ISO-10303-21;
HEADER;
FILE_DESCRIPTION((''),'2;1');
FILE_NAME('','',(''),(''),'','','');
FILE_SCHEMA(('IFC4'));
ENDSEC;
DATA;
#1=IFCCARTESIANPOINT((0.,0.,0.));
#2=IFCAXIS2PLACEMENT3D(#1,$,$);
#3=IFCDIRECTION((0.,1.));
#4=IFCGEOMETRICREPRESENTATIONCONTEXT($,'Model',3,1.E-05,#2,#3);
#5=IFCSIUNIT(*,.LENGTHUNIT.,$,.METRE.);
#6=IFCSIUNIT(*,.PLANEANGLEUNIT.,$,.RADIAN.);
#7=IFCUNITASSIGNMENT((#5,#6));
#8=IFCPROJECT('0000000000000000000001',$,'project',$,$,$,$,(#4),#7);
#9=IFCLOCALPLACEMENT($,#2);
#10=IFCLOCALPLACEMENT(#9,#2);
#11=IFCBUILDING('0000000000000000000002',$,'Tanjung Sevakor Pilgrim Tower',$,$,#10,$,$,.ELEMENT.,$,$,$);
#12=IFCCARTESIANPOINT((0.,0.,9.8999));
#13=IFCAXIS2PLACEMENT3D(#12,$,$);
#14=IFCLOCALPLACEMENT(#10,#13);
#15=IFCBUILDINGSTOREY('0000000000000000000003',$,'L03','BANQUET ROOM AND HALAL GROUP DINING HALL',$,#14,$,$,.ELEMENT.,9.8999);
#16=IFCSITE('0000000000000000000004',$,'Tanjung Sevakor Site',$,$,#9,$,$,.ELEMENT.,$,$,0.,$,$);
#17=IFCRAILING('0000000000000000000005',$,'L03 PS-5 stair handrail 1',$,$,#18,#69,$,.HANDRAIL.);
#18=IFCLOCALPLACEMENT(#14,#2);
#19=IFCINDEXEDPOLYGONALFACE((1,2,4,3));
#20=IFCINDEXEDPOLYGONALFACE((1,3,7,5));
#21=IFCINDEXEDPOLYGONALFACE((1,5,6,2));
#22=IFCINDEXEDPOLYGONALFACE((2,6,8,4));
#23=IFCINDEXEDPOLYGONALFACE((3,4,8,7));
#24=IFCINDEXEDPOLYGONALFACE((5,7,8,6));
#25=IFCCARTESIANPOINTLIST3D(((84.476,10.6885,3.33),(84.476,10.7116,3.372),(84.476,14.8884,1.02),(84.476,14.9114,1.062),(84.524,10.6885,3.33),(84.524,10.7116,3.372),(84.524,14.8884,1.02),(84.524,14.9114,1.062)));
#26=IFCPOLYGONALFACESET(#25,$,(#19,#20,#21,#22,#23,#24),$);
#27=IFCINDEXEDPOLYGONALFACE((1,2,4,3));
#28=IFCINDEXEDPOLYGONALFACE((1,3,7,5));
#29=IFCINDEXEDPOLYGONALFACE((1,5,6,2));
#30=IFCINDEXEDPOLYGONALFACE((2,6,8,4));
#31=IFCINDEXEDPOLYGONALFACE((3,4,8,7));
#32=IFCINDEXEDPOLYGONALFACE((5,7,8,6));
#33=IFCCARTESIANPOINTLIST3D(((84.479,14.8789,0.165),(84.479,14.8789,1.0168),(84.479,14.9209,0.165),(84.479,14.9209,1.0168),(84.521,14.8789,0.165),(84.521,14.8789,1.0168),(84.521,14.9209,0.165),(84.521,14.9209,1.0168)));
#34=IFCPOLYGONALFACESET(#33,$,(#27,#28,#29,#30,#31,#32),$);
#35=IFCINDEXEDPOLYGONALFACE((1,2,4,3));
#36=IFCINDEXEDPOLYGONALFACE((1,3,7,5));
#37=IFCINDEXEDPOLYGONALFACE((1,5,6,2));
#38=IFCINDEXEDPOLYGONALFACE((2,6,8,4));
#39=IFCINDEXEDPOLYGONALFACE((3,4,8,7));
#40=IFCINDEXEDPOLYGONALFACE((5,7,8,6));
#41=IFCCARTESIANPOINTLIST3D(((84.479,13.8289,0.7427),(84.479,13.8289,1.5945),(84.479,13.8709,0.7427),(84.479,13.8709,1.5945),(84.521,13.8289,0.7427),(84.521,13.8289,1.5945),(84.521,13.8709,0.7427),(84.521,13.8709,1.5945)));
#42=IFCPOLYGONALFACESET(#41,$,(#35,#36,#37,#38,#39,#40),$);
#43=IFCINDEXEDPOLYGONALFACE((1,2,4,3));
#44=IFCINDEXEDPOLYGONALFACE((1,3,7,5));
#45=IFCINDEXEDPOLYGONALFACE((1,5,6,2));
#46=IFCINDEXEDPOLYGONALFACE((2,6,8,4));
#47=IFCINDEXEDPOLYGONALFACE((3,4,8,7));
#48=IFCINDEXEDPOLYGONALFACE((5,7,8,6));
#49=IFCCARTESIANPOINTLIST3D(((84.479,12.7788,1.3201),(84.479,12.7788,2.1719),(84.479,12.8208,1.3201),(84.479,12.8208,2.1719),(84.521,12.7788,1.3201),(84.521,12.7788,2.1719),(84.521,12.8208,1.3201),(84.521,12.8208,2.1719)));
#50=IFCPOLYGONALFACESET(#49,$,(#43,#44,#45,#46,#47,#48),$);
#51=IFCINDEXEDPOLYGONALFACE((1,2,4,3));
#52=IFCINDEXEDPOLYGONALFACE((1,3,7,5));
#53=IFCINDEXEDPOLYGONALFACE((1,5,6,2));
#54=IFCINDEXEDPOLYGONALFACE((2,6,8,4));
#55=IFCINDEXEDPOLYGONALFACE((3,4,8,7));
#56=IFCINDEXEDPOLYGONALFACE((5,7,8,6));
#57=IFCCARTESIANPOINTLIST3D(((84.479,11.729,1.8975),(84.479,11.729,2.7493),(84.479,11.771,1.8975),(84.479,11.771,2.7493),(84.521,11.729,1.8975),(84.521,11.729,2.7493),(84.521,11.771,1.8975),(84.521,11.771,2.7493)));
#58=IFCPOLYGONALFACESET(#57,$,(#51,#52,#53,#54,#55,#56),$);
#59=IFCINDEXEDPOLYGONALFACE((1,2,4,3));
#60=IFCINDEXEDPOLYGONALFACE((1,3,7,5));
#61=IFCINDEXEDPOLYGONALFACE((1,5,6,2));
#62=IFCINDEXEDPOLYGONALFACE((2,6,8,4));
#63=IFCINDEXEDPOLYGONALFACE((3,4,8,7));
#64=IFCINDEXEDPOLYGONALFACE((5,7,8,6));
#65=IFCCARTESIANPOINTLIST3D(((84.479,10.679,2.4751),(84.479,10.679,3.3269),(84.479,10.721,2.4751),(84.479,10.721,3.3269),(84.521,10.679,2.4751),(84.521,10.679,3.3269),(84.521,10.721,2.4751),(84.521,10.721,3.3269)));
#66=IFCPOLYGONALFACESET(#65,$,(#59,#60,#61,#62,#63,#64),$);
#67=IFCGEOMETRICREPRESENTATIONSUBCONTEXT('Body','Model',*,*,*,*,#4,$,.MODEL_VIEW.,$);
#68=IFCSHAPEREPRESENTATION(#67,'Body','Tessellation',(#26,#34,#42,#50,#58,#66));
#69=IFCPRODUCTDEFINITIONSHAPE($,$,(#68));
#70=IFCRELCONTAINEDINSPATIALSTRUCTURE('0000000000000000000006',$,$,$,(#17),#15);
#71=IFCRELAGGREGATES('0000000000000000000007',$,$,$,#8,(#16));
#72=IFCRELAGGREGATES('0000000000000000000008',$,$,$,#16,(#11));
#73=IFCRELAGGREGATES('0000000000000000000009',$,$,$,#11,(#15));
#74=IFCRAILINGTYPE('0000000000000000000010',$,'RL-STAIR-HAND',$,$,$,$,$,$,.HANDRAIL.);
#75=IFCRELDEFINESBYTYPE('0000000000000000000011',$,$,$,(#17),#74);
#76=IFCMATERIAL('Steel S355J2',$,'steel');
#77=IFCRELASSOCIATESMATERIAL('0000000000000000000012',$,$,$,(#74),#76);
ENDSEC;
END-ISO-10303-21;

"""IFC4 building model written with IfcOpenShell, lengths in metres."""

from ifc_helpers import new_model, si_unit, direction, frame, origin, place, context, subcontext, project, spatial, rectangle, extrude, material, type_object, element, save


model = new_model("IFC4")

# Units and contexts
model_context = context("Model", 3, precision=1e-05, world=origin(), true_north=direction((0.0, 1.0)))
body_context = subcontext(model_context, "Body", "Model", "MODEL_VIEW")
ifc_project = project(units=[si_unit("LENGTHUNIT", "METRE"), si_unit("PLANEANGLEUNIT", "RADIAN")], contexts=[model_context])

# Site, building, storey
site_placement = place(None, origin())
site = spatial("IfcSite", under=ifc_project, at=site_placement, Name="Tanjung Sevakor Site", CompositionType="ELEMENT", RefElevation=0.0)
building_placement = place(site_placement, origin())
building = spatial("IfcBuilding", under=site, at=building_placement, Name="Tanjung Sevakor Pilgrim Tower", CompositionType="ELEMENT")
storey_placement = place(building_placement, frame((0.0, 0.0, 9.8999)))
storey = spatial("IfcBuildingStorey", under=building, at=storey_placement, Name="L03", Description="BANQUET ROOM AND HALAL GROUP DINING HALL", CompositionType="ELEMENT", Elevation=9.8999)

# Railing
ifc_material_1 = material(Name="Steel S355J2", Category="steel")
railing_type = type_object("IfcRailingType", Name="RL-STAIR-HAND", PredefinedType="HANDRAIL", material=ifc_material_1)
railing_placement = place(storey_placement, frame((84.5, 14.8999, 0.165)))
element("IfcRailing", 1, at=railing_placement, inside=storey, type_object=railing_type, Name="L03 PS-5 stair handrail 1", PredefinedType="HANDRAIL", context=body_context, shape_type="SweptSolid", body=[
    extrude(rectangle(XDim=0.0479, YDim=0.0479), frame((0.0, 0.0, 0.876), z_axis=(0.0, -0.876208, 0.481932), x_axis=(1.0, 0.0, 0.0)), (0.0, 0.0, 1.0), 4.7932),
    extrude(rectangle(XDim=0.042, YDim=0.042), origin(), (0.0, 0.0, 1.0), 0.8518),
    extrude(rectangle(XDim=0.042, YDim=0.042), frame((0.0, -1.05, 0.5776)), (0.0, 0.0, 1.0), 0.8518),
    extrude(rectangle(XDim=0.042, YDim=0.042), frame((0.0, -2.1001, 1.155)), (0.0, 0.0, 1.0), 0.8518),
    extrude(rectangle(XDim=0.042, YDim=0.042), frame((0.0, -3.1499, 1.7324)), (0.0, 0.0, 1.0), 0.8518),
    extrude(rectangle(XDim=0.042, YDim=0.042), frame((0.0, -4.2, 2.3101)), (0.0, 0.0, 1.0), 0.8518),
])

save(model, "model.ifc")
